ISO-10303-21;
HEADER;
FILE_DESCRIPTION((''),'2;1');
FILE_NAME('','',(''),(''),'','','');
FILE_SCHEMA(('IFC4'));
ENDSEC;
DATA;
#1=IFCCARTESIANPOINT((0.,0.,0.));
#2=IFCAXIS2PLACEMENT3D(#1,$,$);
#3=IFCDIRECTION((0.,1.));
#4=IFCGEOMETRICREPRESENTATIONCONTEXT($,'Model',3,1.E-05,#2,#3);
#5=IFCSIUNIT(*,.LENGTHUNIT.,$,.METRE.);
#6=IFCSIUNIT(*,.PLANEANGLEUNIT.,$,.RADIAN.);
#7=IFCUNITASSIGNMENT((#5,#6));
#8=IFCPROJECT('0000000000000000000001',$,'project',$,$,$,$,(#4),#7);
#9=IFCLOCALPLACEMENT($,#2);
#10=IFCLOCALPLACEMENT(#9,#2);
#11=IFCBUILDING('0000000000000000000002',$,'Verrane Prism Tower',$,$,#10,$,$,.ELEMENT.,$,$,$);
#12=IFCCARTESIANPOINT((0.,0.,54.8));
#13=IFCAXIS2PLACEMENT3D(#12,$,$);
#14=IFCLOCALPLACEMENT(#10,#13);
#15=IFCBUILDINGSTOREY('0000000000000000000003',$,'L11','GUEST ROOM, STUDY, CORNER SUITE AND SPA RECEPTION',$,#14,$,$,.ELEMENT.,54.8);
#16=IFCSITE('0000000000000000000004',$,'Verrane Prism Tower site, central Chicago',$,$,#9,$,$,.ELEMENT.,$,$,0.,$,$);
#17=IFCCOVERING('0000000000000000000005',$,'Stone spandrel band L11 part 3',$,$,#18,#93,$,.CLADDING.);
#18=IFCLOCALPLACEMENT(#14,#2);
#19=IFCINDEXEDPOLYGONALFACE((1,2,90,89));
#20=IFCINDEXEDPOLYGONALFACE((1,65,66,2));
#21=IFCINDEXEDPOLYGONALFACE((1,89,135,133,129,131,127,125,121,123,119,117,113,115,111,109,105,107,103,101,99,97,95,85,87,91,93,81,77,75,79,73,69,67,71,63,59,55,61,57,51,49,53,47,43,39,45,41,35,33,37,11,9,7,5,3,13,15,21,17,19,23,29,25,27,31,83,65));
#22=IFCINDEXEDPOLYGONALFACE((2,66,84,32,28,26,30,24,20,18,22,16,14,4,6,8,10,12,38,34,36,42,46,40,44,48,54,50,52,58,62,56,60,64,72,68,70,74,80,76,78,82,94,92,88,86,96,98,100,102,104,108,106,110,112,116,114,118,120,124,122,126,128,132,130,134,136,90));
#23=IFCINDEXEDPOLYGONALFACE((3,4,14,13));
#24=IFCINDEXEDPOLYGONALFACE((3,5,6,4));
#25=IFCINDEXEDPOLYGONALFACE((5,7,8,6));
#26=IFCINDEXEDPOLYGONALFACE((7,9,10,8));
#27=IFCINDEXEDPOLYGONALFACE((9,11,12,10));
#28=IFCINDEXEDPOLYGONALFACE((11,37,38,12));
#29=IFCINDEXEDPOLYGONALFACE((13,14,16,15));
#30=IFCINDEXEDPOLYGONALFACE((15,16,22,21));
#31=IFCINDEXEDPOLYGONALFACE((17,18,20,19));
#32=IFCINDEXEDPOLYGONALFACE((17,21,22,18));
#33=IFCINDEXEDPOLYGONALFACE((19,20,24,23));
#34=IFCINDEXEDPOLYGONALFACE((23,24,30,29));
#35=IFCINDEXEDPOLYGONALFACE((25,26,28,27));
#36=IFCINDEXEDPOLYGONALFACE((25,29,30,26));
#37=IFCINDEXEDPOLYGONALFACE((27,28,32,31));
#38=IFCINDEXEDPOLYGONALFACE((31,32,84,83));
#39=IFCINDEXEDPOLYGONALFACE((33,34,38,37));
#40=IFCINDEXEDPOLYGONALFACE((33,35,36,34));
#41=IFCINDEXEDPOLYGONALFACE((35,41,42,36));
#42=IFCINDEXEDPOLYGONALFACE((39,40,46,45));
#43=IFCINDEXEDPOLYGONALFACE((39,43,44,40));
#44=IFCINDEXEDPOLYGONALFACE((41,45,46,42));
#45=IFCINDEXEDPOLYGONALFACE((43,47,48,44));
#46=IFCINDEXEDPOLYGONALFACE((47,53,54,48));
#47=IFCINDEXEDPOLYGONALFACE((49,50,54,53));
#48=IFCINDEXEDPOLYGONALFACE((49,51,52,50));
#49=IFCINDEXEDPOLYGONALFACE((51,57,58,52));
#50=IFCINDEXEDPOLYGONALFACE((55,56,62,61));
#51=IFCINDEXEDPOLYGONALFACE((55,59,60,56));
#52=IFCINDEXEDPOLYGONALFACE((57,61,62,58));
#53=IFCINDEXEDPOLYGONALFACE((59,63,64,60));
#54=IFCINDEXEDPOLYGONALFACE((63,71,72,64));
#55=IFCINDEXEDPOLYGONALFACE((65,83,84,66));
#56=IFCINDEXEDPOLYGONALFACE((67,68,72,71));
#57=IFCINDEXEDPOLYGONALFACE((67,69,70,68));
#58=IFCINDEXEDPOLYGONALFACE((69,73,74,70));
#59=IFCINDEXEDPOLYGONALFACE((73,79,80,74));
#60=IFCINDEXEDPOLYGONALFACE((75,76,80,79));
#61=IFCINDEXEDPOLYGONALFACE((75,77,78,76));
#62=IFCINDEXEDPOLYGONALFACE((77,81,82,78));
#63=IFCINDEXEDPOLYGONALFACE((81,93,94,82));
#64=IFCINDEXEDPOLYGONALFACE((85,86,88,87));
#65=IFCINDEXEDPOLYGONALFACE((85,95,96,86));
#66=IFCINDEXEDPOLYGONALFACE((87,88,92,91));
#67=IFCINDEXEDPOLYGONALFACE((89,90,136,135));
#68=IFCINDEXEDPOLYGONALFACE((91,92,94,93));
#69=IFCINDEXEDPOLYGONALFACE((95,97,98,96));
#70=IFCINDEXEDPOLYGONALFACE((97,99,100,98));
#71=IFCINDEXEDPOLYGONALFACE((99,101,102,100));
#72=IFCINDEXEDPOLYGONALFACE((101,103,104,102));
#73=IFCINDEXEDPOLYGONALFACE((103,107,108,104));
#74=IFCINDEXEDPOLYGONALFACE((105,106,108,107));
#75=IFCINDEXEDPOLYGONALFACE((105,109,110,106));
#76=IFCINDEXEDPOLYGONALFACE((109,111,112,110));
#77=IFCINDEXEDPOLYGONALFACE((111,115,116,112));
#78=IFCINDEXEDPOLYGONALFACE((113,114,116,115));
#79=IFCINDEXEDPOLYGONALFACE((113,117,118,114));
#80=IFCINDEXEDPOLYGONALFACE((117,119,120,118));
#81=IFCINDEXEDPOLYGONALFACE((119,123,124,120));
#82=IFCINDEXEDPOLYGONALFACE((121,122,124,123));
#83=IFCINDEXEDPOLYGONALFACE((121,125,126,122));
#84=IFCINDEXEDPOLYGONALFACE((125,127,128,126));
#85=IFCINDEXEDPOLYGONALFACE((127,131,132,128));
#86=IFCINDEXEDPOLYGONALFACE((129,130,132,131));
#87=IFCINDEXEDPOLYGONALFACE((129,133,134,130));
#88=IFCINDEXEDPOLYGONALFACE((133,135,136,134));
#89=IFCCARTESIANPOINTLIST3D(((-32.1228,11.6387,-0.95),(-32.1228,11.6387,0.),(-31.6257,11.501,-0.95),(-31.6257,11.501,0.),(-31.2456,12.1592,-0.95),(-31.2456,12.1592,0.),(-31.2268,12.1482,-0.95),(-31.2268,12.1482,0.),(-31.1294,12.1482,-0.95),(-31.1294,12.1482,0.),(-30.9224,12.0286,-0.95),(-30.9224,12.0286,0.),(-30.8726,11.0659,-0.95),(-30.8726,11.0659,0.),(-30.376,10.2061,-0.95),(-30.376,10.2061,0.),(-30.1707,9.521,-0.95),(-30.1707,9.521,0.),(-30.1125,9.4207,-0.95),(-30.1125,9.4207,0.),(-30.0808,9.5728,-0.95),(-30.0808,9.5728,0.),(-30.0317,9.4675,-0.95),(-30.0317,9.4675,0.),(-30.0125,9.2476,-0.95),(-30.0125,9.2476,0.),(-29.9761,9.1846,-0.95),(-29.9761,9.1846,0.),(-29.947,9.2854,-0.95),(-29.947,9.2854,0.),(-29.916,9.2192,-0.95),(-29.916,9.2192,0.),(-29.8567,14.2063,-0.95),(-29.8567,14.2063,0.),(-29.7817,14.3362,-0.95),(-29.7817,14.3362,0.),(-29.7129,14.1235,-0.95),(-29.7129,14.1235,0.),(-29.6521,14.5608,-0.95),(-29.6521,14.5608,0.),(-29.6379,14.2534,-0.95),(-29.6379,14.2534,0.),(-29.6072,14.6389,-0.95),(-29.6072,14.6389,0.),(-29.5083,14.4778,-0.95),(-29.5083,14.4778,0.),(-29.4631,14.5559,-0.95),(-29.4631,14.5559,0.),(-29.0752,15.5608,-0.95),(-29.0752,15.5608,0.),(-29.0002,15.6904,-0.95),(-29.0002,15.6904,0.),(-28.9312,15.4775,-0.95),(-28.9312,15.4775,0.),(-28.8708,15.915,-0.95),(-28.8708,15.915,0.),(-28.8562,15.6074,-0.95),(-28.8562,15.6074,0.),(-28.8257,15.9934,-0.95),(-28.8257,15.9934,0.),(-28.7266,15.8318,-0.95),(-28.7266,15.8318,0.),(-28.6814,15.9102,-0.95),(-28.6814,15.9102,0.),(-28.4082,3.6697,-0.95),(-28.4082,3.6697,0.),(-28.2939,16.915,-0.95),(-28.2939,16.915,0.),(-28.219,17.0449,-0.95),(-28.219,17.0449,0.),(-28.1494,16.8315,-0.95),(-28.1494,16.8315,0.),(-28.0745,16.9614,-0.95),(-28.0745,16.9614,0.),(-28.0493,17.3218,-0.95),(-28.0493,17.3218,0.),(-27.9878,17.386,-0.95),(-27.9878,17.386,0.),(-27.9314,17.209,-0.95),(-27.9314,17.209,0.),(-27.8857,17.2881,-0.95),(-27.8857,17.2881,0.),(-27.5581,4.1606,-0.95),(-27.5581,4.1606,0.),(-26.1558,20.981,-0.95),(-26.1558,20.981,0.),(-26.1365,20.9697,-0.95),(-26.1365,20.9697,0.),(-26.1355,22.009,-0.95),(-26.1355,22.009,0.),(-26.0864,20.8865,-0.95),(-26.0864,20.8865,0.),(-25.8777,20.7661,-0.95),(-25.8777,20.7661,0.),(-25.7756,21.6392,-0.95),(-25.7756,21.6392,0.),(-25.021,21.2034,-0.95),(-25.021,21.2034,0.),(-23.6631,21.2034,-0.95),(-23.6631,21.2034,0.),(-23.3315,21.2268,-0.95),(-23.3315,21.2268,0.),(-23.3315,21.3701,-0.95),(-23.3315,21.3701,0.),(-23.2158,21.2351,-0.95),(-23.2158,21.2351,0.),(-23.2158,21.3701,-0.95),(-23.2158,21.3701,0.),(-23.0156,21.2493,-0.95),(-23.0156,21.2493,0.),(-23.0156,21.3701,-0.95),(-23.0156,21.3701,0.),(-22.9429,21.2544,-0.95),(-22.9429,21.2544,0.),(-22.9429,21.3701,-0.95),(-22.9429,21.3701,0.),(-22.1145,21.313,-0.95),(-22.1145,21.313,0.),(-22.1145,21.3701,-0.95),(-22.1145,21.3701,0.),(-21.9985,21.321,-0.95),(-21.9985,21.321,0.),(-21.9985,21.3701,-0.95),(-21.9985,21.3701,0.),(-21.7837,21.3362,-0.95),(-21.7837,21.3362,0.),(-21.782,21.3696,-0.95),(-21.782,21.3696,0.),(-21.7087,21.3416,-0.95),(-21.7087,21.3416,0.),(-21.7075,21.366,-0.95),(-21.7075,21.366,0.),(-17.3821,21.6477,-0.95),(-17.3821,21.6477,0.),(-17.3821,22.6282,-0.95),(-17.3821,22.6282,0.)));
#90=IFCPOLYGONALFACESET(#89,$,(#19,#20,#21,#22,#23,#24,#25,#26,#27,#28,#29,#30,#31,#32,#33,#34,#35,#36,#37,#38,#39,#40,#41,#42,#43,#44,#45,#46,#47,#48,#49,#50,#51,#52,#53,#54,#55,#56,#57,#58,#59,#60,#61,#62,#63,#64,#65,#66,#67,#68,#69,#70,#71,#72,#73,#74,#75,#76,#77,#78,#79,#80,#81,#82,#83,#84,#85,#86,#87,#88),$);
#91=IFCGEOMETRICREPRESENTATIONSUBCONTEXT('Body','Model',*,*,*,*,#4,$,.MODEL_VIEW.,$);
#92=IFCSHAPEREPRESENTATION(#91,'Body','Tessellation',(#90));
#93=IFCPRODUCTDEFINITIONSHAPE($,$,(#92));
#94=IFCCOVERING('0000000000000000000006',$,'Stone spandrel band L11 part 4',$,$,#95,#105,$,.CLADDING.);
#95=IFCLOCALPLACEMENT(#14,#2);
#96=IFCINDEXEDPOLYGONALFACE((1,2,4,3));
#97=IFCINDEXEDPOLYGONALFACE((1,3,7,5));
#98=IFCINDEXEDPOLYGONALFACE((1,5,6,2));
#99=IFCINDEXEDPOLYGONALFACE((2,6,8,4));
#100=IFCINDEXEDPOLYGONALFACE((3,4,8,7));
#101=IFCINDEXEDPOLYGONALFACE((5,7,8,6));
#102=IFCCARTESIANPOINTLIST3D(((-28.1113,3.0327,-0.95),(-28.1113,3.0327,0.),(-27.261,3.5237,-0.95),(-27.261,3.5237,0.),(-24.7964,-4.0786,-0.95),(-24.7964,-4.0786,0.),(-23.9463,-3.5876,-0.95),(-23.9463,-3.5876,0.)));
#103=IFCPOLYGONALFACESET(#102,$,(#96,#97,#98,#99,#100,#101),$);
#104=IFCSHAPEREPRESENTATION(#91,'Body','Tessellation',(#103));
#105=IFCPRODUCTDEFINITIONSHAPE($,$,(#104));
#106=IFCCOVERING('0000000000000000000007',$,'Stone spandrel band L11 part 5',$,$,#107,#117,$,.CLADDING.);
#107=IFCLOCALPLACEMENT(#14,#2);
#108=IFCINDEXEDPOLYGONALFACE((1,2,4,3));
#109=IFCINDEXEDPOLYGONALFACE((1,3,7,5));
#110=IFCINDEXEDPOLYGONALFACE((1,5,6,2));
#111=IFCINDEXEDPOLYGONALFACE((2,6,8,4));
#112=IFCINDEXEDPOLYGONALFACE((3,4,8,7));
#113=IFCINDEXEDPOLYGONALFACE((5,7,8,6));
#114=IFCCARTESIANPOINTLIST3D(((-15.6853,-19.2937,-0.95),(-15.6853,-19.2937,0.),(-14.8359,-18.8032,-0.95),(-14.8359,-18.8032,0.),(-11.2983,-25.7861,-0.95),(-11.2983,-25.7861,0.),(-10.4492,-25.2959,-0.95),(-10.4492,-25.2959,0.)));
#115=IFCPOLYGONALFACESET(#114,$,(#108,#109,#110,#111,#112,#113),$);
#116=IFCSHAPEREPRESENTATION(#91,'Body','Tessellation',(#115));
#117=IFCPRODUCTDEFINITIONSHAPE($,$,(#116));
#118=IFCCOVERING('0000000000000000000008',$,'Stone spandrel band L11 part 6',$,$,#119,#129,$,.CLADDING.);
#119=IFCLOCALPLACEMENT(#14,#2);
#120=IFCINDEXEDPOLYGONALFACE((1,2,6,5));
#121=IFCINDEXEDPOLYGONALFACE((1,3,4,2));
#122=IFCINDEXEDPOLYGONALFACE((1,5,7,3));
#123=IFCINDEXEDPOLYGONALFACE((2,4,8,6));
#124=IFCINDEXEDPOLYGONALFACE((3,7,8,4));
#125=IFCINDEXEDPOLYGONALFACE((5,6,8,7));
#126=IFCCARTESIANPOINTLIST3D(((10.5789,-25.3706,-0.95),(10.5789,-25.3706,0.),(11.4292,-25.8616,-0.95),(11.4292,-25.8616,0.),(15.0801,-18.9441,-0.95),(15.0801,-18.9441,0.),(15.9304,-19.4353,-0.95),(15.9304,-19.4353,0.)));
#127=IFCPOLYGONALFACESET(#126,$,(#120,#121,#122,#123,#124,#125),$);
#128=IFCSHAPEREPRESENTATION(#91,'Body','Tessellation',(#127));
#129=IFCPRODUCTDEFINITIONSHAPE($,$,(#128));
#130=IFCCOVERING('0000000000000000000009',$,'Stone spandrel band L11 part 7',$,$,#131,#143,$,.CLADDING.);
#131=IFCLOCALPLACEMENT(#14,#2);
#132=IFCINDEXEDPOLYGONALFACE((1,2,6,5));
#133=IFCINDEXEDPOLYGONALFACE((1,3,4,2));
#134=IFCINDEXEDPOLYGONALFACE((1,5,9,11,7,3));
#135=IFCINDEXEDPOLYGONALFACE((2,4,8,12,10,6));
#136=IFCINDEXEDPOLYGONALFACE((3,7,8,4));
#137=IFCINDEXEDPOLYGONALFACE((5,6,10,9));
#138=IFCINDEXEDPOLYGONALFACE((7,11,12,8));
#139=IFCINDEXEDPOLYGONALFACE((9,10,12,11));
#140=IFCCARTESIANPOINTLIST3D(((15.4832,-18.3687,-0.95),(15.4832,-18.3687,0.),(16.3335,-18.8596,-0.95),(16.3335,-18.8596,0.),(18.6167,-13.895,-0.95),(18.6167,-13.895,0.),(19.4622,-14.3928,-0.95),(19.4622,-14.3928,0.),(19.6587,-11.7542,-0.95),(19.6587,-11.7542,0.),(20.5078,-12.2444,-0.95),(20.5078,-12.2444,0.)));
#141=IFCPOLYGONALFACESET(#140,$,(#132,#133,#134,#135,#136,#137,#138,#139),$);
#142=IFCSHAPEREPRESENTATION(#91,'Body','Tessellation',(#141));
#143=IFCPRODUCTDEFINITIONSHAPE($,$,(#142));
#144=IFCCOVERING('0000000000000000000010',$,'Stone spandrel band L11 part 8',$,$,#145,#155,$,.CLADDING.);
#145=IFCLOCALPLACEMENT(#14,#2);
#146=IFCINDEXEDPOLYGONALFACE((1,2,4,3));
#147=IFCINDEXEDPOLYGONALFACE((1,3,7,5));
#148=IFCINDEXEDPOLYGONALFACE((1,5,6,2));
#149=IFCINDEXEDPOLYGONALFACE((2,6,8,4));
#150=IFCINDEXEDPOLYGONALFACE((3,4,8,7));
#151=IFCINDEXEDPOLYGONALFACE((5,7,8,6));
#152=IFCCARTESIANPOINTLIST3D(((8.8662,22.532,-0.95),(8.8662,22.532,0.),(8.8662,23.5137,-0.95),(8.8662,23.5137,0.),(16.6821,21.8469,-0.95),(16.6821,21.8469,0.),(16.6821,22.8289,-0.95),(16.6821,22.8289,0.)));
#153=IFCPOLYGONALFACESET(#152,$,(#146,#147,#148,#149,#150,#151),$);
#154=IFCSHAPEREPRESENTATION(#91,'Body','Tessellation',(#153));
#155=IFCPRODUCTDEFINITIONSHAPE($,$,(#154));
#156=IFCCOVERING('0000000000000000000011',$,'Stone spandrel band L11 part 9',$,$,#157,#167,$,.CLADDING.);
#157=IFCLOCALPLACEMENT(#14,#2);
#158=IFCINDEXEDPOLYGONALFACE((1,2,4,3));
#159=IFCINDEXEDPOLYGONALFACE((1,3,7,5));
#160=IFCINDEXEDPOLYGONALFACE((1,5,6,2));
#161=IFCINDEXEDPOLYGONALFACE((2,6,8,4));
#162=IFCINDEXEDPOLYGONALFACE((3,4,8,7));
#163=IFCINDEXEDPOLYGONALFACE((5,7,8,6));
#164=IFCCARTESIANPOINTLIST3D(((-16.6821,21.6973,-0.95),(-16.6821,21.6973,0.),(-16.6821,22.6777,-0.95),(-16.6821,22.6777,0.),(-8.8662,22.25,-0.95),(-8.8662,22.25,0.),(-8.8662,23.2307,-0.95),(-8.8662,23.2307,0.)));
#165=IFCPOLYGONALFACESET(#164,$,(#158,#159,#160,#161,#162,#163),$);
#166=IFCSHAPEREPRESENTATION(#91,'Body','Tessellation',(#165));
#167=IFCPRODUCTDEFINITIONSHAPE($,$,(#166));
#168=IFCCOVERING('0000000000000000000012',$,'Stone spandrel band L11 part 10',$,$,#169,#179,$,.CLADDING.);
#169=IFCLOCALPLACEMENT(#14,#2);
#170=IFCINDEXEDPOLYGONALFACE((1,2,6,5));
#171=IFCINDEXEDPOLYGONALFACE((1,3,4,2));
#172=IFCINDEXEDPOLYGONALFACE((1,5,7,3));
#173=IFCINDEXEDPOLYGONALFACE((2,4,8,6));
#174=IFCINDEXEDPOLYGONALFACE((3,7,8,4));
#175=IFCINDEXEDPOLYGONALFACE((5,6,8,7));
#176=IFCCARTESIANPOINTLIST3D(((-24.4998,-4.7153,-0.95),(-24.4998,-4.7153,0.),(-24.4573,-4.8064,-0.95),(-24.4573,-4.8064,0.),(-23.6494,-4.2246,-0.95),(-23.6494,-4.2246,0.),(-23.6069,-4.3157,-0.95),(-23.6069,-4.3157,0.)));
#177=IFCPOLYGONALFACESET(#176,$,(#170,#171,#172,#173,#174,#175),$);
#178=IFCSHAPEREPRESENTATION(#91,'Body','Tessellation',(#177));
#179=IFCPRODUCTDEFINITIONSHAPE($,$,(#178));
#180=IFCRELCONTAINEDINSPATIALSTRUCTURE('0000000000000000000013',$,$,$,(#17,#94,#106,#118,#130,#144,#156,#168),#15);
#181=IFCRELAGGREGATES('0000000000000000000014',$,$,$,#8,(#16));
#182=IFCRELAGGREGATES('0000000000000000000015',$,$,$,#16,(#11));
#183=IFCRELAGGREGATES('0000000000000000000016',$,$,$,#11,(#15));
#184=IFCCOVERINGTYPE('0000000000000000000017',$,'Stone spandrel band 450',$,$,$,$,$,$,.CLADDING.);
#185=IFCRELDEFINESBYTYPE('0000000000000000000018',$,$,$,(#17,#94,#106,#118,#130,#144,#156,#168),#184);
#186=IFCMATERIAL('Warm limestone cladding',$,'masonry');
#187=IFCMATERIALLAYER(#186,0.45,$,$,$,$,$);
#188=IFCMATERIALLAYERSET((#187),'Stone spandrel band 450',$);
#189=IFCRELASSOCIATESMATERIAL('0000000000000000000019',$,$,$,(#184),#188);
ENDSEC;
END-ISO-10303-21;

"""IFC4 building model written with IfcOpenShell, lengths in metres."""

from ifc_helpers import new_model, si_unit, direction, frame, origin, place, context, subcontext, project, spatial, polyline, outline, extrude, material, layer, layer_set, type_object, element, save


model = new_model("IFC4")

# Units and contexts
model_context = context("Model", 3, precision=1e-05, world=origin(), true_north=direction((0.0, 1.0)))
body_context = subcontext(model_context, "Body", "Model", "MODEL_VIEW")
ifc_project = project(units=[si_unit("LENGTHUNIT", "METRE"), si_unit("PLANEANGLEUNIT", "RADIAN")], contexts=[model_context])

# Site, building, storey
site_placement = place(None, origin())
site = spatial("IfcSite", under=ifc_project, at=site_placement, Name="Verrane Prism Tower site, central Chicago", CompositionType="ELEMENT", RefElevation=0.0)
building_placement = place(site_placement, origin())
building = spatial("IfcBuilding", under=site, at=building_placement, Name="Verrane Prism Tower", CompositionType="ELEMENT")
storey_placement = place(building_placement, frame((0.0, 0.0, 54.8)))
storey = spatial("IfcBuildingStorey", under=building, at=storey_placement, Name="L11", Description="GUEST ROOM, STUDY, CORNER SUITE AND SPA RECEPTION", CompositionType="ELEMENT", Elevation=54.8)

# Coverings
ifc_material_1 = material(Name="Warm limestone cladding", Category="masonry")
ifc_layer_1 = layer(ifc_material_1, 0.45)
ifc_layer_set_1 = layer_set([ifc_layer_1], Name="Stone spandrel band 450")
covering_type_1 = type_object("IfcCoveringType", Name="Stone spandrel band 450", PredefinedType="CLADDING", material=ifc_layer_set_1)
covering_1_placement = place(storey_placement, frame((0.0, 0.0, -0.95)))
element("IfcCovering", 1, at=covering_1_placement, inside=storey, type_object=covering_type_1, Name="Stone spandrel band L11 part 3", PredefinedType="CLADDING", context=body_context, shape_type="SweptSolid", body=[
    extrude(outline(polyline([(-27.5581, 4.1606), (-29.916, 9.2192), (-29.9761, 9.1846), (-30.0125, 9.2476), (-29.947, 9.2854), (-30.0317, 9.4675), (-30.1125, 9.4207), (-30.1707, 9.521), (-30.0808, 9.5728), (-30.376, 10.2061), (-30.8726, 11.0659), (-31.6257, 11.501), (-31.2456, 12.1592), (-31.2268, 12.1482), (-31.1294, 12.1482), (-30.9224, 12.0286), (-29.7129, 14.1235), (-29.8567, 14.2063), (-29.7817, 14.3362), (-29.6379, 14.2534), (-29.5083, 14.4778), (-29.6521, 14.5608), (-29.6072, 14.6389), (-29.4631, 14.5559), (-28.9312, 15.4775), (-29.0752, 15.5608), (-29.0002, 15.6904), (-28.8562, 15.6074), (-28.7266, 15.8318), (-28.8708, 15.915), (-28.8257, 15.9934), (-28.6814, 15.9102), (-28.1494, 16.8315), (-28.2939, 16.915), (-28.219, 17.0449), (-28.0745, 16.9614), (-27.9314, 17.209), (-28.0493, 17.3218), (-27.9878, 17.386), (-27.8857, 17.2881), (-25.8777, 20.7661), (-26.0864, 20.8865), (-26.1365, 20.9697), (-26.1558, 20.981), (-25.7756, 21.6392), (-25.021, 21.2034), (-23.6631, 21.2034), (-23.3315, 21.2268), (-23.3315, 21.3701), (-23.2158, 21.3701), (-23.2158, 21.2351), (-23.0156, 21.2493), (-23.0156, 21.3701), (-22.9429, 21.3701), (-22.9429, 21.2544), (-22.1145, 21.313), (-22.1145, 21.3701), (-21.9985, 21.3701), (-21.9985, 21.321), (-21.7837, 21.3362), (-21.782, 21.3696), (-21.7075, 21.366), (-21.7087, 21.3416), (-17.3821, 21.6477), (-17.3821, 22.6282), (-26.1355, 22.009), (-32.1228, 11.6387), (-28.4082, 3.6697), (-27.5581, 4.1606)])), origin(), (0.0, 0.0, 1.0), 0.95),
])
covering_2_placement = place(storey_placement, frame((0.0, 0.0, -0.95)))
element("IfcCovering", 2, at=covering_2_placement, inside=storey, type_object=covering_type_1, Name="Stone spandrel band L11 part 4", PredefinedType="CLADDING", context=body_context, shape_type="SweptSolid", body=[
    extrude(outline(polyline([(-23.9463, -3.5876), (-27.261, 3.5237), (-28.1113, 3.0327), (-24.7964, -4.0786), (-23.9463, -3.5876)])), origin(), (0.0, 0.0, 1.0), 0.95),
])
covering_3_placement = place(storey_placement, frame((0.0, 0.0, -0.95)))
element("IfcCovering", 3, at=covering_3_placement, inside=storey, type_object=covering_type_1, Name="Stone spandrel band L11 part 5", PredefinedType="CLADDING", context=body_context, shape_type="SweptSolid", body=[
    extrude(outline(polyline([(-15.6853, -19.2937), (-11.2983, -25.7861), (-10.4492, -25.2959), (-14.8359, -18.8032), (-15.6853, -19.2937)])), origin(), (0.0, 0.0, 1.0), 0.95),
])
covering_4_placement = place(storey_placement, frame((0.0, 0.0, -0.95)))
element("IfcCovering", 4, at=covering_4_placement, inside=storey, type_object=covering_type_1, Name="Stone spandrel band L11 part 6", PredefinedType="CLADDING", context=body_context, shape_type="SweptSolid", body=[
    extrude(outline(polyline([(15.0801, -18.9441), (10.5789, -25.3706), (11.4292, -25.8616), (15.9304, -19.4353), (15.0801, -18.9441)])), origin(), (0.0, 0.0, 1.0), 0.95),
])
covering_5_placement = place(storey_placement, frame((0.0, 0.0, -0.95)))
element("IfcCovering", 5, at=covering_5_placement, inside=storey, type_object=covering_type_1, Name="Stone spandrel band L11 part 7", PredefinedType="CLADDING", context=body_context, shape_type="SweptSolid", body=[
    extrude(outline(polyline([(19.4622, -14.3928), (20.5078, -12.2444), (19.6587, -11.7542), (18.6167, -13.895), (15.4832, -18.3687), (16.3335, -18.8596), (19.4622, -14.3928)])), origin(), (0.0, 0.0, 1.0), 0.95),
])
covering_6_placement = place(storey_placement, frame((0.0, 0.0, -0.95)))
element("IfcCovering", 6, at=covering_6_placement, inside=storey, type_object=covering_type_1, Name="Stone spandrel band L11 part 8", PredefinedType="CLADDING", context=body_context, shape_type="SweptSolid", body=[
    extrude(outline(polyline([(16.6821, 22.8289), (8.8662, 23.5137), (8.8662, 22.532), (16.6821, 21.8469), (16.6821, 22.8289)])), origin(), (0.0, 0.0, 1.0), 0.95),
])
covering_7_placement = place(storey_placement, frame((0.0, 0.0, -0.95)))
element("IfcCovering", 7, at=covering_7_placement, inside=storey, type_object=covering_type_1, Name="Stone spandrel band L11 part 9", PredefinedType="CLADDING", context=body_context, shape_type="SweptSolid", body=[
    extrude(outline(polyline([(-16.6821, 21.6973), (-8.8662, 22.25), (-8.8662, 23.2307), (-16.6821, 22.6777), (-16.6821, 21.6973)])), origin(), (0.0, 0.0, 1.0), 0.95),
])
covering_8_placement = place(storey_placement, frame((0.0, 0.0, -0.95)))
element("IfcCovering", 8, at=covering_8_placement, inside=storey, type_object=covering_type_1, Name="Stone spandrel band L11 part 10", PredefinedType="CLADDING", context=body_context, shape_type="SweptSolid", body=[
    extrude(outline(polyline([(-24.4573, -4.8064), (-23.6069, -4.3157), (-23.6494, -4.2246), (-24.4998, -4.7153), (-24.4573, -4.8064)])), origin(), (0.0, 0.0, 1.0), 0.95),
])

save(model, "model.ifc")
